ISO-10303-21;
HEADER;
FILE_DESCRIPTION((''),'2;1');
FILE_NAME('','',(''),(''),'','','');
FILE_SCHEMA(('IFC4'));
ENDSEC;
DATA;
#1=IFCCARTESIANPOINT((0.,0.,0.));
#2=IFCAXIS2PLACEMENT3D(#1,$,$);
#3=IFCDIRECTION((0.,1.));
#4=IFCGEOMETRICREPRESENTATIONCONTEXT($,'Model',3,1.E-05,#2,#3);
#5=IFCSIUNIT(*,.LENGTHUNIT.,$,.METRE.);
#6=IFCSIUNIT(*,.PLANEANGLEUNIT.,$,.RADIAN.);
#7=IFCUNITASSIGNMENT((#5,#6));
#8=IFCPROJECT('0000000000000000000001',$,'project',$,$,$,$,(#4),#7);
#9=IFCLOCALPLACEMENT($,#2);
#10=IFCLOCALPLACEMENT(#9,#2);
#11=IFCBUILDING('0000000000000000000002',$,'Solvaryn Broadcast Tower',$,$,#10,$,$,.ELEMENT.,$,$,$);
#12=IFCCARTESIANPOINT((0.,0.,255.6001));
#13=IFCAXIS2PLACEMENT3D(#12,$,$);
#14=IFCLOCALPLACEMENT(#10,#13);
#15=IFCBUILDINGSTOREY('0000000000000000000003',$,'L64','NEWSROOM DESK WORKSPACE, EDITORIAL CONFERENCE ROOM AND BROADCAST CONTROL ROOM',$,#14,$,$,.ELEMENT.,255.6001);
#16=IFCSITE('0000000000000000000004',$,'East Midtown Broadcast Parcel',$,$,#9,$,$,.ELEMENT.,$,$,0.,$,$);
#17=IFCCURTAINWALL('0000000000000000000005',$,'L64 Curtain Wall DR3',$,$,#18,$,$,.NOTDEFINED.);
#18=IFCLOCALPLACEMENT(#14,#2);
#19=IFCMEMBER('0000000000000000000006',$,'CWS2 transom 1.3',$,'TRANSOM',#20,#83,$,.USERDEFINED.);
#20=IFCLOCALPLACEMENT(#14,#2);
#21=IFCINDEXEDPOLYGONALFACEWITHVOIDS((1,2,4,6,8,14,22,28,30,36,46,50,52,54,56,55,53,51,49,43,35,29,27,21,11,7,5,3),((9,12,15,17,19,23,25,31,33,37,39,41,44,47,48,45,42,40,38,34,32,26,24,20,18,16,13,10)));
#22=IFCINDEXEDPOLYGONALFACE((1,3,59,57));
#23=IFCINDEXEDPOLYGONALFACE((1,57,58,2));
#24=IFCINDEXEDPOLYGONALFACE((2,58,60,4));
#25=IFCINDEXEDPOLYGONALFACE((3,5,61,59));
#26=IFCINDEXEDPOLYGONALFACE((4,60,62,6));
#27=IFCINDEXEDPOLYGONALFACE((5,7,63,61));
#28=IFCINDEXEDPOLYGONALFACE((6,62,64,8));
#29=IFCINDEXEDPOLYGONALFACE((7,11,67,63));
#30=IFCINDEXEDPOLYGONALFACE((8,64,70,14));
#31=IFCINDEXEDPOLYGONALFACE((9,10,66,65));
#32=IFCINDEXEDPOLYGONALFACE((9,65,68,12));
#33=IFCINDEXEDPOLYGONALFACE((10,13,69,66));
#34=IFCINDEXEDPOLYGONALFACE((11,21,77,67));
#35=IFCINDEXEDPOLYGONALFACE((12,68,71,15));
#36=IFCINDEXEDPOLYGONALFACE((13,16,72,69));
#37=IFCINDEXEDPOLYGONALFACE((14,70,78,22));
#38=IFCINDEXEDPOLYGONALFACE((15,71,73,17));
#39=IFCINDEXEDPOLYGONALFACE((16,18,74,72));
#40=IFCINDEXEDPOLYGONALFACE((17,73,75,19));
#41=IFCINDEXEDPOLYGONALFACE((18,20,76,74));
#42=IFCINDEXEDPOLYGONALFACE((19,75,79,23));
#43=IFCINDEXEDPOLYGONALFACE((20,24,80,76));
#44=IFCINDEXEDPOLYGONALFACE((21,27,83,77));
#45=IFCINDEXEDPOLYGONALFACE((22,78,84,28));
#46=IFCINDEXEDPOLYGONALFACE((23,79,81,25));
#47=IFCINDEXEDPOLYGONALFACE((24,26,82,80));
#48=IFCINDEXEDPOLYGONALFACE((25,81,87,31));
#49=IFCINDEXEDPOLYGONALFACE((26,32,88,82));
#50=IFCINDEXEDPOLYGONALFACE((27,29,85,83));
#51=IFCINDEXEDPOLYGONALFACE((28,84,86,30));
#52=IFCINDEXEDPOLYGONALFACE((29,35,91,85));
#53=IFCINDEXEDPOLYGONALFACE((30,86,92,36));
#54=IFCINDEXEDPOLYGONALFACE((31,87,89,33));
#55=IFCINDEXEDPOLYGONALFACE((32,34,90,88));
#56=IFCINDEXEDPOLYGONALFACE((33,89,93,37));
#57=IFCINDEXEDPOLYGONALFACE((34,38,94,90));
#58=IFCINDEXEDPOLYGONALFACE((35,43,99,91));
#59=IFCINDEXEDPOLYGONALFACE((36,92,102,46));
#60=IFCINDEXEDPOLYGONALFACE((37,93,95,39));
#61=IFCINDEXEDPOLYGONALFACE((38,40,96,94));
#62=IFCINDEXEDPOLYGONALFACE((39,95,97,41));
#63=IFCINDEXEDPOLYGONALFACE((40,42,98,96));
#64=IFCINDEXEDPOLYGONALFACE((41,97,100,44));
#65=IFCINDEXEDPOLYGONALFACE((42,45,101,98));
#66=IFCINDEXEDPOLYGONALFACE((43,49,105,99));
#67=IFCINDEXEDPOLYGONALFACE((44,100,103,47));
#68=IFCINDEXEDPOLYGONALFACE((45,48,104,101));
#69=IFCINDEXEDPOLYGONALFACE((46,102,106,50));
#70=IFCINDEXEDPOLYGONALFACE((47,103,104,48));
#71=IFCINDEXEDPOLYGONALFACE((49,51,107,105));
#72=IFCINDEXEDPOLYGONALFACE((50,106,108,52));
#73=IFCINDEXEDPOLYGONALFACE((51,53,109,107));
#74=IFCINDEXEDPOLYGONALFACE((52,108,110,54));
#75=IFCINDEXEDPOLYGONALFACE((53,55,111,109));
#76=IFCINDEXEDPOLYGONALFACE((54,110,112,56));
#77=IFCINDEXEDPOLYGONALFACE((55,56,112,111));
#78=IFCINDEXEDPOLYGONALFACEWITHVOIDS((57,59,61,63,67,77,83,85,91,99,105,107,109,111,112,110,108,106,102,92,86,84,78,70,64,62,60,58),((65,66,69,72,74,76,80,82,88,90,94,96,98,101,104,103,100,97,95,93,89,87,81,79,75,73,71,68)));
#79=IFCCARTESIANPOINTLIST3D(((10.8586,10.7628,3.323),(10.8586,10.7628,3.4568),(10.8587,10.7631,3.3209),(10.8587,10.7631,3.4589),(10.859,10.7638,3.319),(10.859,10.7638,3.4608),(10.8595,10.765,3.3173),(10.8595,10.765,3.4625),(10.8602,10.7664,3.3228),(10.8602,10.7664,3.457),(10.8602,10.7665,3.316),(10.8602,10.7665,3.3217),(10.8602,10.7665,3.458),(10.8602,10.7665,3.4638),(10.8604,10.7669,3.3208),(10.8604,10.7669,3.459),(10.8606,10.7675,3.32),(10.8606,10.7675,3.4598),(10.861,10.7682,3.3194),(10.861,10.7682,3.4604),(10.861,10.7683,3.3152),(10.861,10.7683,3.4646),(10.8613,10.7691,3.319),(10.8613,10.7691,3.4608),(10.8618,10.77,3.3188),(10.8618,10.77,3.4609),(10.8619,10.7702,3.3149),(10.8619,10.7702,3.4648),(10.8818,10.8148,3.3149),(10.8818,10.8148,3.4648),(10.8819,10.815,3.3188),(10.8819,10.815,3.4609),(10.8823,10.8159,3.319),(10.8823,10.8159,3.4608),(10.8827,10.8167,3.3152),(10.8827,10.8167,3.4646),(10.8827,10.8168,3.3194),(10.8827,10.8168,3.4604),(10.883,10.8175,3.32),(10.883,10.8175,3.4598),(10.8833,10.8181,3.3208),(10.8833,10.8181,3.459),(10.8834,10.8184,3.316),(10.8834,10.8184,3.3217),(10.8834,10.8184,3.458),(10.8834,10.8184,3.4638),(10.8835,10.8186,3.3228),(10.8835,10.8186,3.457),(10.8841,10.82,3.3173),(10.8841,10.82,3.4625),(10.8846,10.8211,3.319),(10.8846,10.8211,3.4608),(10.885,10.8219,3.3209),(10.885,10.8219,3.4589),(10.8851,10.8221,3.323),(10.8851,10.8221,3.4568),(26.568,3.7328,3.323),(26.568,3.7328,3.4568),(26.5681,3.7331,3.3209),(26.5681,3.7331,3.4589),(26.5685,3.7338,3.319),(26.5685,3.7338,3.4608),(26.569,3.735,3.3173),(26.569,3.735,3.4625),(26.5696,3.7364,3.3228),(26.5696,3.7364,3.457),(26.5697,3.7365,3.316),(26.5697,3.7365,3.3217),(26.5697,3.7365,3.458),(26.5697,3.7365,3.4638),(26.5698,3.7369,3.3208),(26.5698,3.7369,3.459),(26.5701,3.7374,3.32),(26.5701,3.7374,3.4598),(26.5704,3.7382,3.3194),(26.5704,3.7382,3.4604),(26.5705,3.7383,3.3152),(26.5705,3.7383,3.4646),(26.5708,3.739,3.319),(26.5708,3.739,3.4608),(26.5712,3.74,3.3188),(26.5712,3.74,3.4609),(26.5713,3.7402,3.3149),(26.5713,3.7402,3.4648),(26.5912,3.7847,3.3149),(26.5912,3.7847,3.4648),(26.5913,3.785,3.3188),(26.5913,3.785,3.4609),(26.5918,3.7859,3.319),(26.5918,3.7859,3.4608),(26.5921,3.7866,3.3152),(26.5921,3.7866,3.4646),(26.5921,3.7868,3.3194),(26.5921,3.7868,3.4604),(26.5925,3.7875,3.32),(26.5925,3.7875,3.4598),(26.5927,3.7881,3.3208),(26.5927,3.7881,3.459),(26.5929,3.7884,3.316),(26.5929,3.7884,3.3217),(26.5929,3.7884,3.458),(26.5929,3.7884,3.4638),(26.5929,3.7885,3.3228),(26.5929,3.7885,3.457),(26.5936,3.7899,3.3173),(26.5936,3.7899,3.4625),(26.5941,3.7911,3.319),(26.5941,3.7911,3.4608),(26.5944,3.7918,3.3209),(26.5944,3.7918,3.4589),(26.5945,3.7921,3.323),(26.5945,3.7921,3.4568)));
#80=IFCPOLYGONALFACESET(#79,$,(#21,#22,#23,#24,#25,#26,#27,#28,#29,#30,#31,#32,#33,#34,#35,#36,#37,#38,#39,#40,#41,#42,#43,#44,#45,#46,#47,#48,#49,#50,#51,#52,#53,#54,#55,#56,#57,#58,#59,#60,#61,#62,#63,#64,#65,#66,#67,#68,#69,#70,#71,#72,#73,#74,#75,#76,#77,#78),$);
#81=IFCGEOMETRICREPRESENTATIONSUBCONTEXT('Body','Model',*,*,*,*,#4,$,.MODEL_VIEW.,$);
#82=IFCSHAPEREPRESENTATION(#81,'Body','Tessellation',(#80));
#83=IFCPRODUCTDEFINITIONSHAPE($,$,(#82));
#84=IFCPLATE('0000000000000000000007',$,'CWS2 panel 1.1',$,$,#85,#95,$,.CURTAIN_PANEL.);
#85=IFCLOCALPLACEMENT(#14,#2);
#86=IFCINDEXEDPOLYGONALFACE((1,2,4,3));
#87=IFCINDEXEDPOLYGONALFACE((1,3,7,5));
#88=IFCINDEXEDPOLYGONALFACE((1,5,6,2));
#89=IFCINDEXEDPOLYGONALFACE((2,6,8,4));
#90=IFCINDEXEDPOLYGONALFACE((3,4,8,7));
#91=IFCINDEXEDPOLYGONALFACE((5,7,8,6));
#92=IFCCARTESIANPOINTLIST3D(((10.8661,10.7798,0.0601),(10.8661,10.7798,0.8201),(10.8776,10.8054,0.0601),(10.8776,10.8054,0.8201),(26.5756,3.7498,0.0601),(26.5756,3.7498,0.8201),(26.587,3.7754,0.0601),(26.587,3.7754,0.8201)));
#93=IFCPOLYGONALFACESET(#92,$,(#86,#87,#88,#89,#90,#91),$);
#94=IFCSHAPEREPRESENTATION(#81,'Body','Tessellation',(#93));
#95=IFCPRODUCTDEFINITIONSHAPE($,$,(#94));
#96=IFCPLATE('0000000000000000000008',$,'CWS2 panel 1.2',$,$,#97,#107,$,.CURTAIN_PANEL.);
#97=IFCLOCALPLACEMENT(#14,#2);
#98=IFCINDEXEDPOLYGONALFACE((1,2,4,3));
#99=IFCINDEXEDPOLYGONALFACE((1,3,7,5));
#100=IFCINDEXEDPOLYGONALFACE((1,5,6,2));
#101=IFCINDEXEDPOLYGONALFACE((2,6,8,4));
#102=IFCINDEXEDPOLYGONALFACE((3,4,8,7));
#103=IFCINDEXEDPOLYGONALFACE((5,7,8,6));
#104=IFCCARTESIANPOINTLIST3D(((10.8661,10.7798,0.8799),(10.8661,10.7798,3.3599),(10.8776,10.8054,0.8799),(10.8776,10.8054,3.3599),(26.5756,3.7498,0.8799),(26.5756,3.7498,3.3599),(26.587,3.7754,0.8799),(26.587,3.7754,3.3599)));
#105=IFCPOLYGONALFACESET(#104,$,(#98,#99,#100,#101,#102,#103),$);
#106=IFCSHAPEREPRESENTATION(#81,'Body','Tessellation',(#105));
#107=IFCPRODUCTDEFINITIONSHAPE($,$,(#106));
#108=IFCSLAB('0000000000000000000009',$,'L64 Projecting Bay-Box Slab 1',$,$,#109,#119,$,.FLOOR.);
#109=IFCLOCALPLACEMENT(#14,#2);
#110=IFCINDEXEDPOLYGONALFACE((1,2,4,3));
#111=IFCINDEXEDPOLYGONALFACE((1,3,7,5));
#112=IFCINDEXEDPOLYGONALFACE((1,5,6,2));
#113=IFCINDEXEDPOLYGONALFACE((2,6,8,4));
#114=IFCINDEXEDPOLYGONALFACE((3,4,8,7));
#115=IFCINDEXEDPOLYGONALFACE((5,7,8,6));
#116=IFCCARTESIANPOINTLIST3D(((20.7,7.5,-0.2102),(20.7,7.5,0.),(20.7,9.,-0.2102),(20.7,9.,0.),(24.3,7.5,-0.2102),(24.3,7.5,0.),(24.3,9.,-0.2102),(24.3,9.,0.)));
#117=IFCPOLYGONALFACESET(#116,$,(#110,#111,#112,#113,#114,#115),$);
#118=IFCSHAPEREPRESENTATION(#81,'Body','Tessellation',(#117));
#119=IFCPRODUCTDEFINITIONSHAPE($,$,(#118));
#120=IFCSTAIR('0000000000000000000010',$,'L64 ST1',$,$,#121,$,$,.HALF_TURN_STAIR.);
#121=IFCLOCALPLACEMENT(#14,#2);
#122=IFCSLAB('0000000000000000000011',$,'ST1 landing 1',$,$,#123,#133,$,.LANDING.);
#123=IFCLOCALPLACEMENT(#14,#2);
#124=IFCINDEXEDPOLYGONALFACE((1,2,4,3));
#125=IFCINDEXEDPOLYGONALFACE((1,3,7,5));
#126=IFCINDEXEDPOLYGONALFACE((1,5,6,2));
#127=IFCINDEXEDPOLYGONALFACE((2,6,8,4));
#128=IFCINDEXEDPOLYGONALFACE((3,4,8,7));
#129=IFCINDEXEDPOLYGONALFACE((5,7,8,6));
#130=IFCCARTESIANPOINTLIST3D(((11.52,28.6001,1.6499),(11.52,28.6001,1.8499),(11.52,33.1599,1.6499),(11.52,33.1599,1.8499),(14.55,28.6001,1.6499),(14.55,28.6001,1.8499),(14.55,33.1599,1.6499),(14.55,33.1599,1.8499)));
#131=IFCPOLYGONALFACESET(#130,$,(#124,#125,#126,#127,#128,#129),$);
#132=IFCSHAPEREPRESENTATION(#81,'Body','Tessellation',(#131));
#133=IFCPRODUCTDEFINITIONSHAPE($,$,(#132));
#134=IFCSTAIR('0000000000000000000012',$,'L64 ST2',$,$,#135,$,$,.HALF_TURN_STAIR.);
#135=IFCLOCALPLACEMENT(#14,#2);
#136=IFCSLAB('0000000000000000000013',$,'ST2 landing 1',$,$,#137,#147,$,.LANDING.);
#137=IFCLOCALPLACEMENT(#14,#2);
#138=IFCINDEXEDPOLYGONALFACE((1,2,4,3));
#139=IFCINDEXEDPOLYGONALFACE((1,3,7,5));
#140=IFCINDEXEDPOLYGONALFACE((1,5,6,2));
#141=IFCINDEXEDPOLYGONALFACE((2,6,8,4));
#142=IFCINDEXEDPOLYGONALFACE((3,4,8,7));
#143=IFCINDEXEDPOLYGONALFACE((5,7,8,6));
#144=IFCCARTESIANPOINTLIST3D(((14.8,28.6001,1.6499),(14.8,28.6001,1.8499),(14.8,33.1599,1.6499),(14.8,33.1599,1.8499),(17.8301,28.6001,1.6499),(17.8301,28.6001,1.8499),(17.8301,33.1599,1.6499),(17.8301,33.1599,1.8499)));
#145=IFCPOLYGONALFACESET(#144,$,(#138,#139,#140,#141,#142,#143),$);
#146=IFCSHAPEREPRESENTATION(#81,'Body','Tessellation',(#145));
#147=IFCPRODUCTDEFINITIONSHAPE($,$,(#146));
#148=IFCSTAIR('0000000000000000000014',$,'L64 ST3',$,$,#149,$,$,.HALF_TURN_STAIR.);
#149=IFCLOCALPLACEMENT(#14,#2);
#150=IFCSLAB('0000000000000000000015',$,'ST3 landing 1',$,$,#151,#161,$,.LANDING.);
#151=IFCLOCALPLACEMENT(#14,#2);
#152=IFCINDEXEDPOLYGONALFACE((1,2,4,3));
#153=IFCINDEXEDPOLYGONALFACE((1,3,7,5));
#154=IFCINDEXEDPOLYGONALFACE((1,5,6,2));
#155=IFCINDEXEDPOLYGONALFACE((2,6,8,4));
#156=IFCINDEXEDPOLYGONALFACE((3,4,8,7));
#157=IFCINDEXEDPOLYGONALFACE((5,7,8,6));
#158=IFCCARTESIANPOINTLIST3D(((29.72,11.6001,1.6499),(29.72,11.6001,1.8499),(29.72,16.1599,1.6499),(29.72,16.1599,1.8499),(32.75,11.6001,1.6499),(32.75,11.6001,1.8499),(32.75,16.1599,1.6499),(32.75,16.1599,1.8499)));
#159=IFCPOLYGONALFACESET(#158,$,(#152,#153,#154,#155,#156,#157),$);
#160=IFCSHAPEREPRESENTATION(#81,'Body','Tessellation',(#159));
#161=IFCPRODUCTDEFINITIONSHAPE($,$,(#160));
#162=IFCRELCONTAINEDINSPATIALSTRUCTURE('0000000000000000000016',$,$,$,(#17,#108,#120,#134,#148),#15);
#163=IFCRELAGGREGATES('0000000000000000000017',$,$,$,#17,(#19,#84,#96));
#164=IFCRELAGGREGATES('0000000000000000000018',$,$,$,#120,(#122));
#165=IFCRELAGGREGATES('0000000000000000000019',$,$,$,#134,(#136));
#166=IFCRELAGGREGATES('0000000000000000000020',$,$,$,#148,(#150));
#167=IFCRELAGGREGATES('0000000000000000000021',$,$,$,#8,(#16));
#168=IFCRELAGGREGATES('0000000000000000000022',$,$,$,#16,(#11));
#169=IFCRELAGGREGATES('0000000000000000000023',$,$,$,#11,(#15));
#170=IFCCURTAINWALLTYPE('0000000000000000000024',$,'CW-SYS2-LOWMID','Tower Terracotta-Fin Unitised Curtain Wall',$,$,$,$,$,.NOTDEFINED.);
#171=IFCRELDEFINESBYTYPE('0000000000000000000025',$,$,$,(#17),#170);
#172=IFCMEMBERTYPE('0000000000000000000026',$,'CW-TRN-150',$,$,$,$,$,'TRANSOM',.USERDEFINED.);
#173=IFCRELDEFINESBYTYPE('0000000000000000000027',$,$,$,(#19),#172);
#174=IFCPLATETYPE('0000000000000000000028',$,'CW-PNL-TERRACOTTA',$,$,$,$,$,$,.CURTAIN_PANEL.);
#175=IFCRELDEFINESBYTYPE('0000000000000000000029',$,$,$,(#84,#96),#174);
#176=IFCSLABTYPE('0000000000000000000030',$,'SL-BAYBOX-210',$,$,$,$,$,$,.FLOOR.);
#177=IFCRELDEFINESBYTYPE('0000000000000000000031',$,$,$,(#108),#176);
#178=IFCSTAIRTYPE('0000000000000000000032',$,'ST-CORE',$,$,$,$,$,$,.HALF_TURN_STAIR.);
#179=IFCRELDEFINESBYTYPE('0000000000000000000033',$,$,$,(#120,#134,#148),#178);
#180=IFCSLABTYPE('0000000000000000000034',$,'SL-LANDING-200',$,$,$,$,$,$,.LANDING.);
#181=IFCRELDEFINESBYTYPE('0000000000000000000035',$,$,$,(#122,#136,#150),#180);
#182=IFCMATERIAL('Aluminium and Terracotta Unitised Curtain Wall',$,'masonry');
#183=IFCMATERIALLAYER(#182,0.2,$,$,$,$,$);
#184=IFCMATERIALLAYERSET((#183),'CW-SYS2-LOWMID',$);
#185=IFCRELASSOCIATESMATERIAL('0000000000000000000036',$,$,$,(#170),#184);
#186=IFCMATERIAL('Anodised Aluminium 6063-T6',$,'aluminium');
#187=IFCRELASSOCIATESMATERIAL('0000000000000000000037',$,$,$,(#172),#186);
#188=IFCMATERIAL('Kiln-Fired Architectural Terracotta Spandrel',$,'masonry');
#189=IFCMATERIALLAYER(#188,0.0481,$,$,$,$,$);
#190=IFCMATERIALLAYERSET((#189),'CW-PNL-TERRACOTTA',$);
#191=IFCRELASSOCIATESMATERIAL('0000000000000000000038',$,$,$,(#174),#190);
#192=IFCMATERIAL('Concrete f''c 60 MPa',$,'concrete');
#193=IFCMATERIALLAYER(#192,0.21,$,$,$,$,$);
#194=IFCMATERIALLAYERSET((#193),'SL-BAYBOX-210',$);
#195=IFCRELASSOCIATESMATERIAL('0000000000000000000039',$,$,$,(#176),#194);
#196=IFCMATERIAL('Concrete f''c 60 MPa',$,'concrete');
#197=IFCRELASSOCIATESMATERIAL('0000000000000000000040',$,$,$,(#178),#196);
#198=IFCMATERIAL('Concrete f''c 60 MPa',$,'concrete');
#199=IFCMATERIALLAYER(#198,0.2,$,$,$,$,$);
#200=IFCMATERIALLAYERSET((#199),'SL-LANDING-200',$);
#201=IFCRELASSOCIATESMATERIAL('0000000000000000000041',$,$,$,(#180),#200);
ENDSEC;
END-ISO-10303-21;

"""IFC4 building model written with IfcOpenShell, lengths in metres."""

from ifc_helpers import new_model, si_unit, direction, frame, origin, origin_2d, place, context, subcontext, project, spatial, polyline, rectangle, hollow_rectangle, outline, extrude, material, layer, layer_set, material_profile, profile_set, type_object, element, aggregate, save


model = new_model("IFC4")

# Units and contexts
model_context = context("Model", 3, precision=1e-05, world=origin(), true_north=direction((0.0, 1.0)))
body_context = subcontext(model_context, "Body", "Model", "MODEL_VIEW")
ifc_project = project(units=[si_unit("LENGTHUNIT", "METRE"), si_unit("PLANEANGLEUNIT", "RADIAN")], contexts=[model_context])

# Site, building, storey
site_placement = place(None, origin())
site = spatial("IfcSite", under=ifc_project, at=site_placement, Name="East Midtown Broadcast Parcel", CompositionType="ELEMENT", RefElevation=0.0)
building_placement = place(site_placement, origin())
building = spatial("IfcBuilding", under=site, at=building_placement, Name="Solvaryn Broadcast Tower", CompositionType="ELEMENT")
storey_placement = place(building_placement, frame((0.0, 0.0, 255.6001)))
storey = spatial("IfcBuildingStorey", under=building, at=storey_placement, Name="L64", Description="NEWSROOM DESK WORKSPACE, EDITORIAL CONFERENCE ROOM AND BROADCAST CONTROL ROOM", CompositionType="ELEMENT", Elevation=255.6001)

# Curtain wall, member, plates
ifc_material_1 = material(Name="Aluminium and Terracotta Unitised Curtain Wall", Category="masonry")
ifc_layer_1 = layer(ifc_material_1, 0.2)
ifc_layer_set_1 = layer_set([ifc_layer_1], Name="CW-SYS2-LOWMID")
curtain_wall_type_1 = type_object("IfcCurtainWallType", Name="CW-SYS2-LOWMID", Description="Tower Terracotta-Fin Unitised Curtain Wall", PredefinedType="NOTDEFINED", material=ifc_layer_set_1)
curtain_wall_1_placement = place(storey_placement, origin())
curtain_wall_1 = element("IfcCurtainWall", 1, at=curtain_wall_1_placement, inside=storey, type_object=curtain_wall_type_1, Name="L64 Curtain Wall DR3", PredefinedType="NOTDEFINED")
ifc_material_2 = material(Name="Anodised Aluminium 6063-T6", Category="aluminium")
ifc_material_profile_1 = material_profile(ifc_material_2, hollow_rectangle(XDim=0.0649, YDim=0.1499, WallThickness=0.0039, InnerFilletRadius=0.0039, OuterFilletRadius=0.0081, at=origin_2d()))
ifc_profile_set_1 = profile_set([ifc_material_profile_1], Name="Anodised Aluminium 6063-T6")
member_type_1 = type_object("IfcMemberType", Name="CW-TRN-150", ElementType="TRANSOM", PredefinedType="USERDEFINED", material=ifc_profile_set_1)
member_1_placement = place(storey_placement, frame((10.8718, 10.7925, 3.3899), z_axis=(0.912773, -0.408468, 0.0), x_axis=(0.408468, 0.912773, 0.0)))
member_1 = element("IfcMember", 2, at=member_1_placement, type_object=member_type_1, Name="CWS2 transom 1.3", ObjectType="TRANSOM", PredefinedType="USERDEFINED", context=body_context, shape_type="SweptSolid", body=[
    extrude(hollow_rectangle(XDim=0.0649, YDim=0.1499, WallThickness=0.0039, InnerFilletRadius=0.0039, OuterFilletRadius=0.0081, at=origin_2d()), origin(), (0.0, 0.0, 1.0), 17.2107),
])
ifc_material_3 = material(Name="Kiln-Fired Architectural Terracotta Spandrel", Category="masonry")
ifc_layer_2 = layer(ifc_material_3, 0.0481)
ifc_layer_set_2 = layer_set([ifc_layer_2], Name="CW-PNL-TERRACOTTA")
plate_type = type_object("IfcPlateType", Name="CW-PNL-TERRACOTTA", PredefinedType="CURTAIN_PANEL", material=ifc_layer_set_2)
plate_1_placement = place(storey_placement, frame((18.7266, 7.2776, 0.0601), z_axis=(0.0, 0.0, 1.0), x_axis=(0.912774, -0.408466, 0.0)))
plate_1 = element("IfcPlate", 3, at=plate_1_placement, type_object=plate_type, Name="CWS2 panel 1.1", PredefinedType="CURTAIN_PANEL", context=body_context, shape_type="SweptSolid", body=[
    extrude(rectangle(XDim=17.2107, YDim=0.0281, at=origin_2d()), origin(), (0.0, 0.0, 1.0), 0.76),
])
plate_2_placement = place(storey_placement, frame((18.7266, 7.2776, 0.8799), z_axis=(0.0, 0.0, 1.0), x_axis=(0.912774, -0.408466, 0.0)))
plate_2 = element("IfcPlate", 4, at=plate_2_placement, type_object=plate_type, Name="CWS2 panel 1.2", PredefinedType="CURTAIN_PANEL", context=body_context, shape_type="SweptSolid", body=[
    extrude(rectangle(XDim=17.2107, YDim=0.0281, at=origin_2d()), origin(), (0.0, 0.0, 1.0), 2.48),
])
aggregate(curtain_wall_1, [member_1, plate_1, plate_2])

# Slab
ifc_material_4 = material(Name="Concrete f'c 60 MPa", Category="concrete")
ifc_layer_3 = layer(ifc_material_4, 0.21)
ifc_layer_set_3 = layer_set([ifc_layer_3], Name="SL-BAYBOX-210")
slab_type_1 = type_object("IfcSlabType", Name="SL-BAYBOX-210", PredefinedType="FLOOR", material=ifc_layer_set_3)
slab_1_placement = place(storey_placement, frame((0.0, 0.0, -0.2102)))
element("IfcSlab", 5, at=slab_1_placement, inside=storey, type_object=slab_type_1, Name="L64 Projecting Bay-Box Slab 1", PredefinedType="FLOOR", context=body_context, shape_type="SweptSolid", body=[
    extrude(outline(polyline([(20.7, 7.5), (24.3, 7.5), (24.3, 9.0), (20.7, 9.0), (20.7, 7.5)])), origin(), (0.0, 0.0, 1.0), 0.2102),
])

# Stairs, slabs
ifc_material_5 = material(Name="Concrete f'c 60 MPa", Category="concrete")
stair_type = type_object("IfcStairType", Name="ST-CORE", PredefinedType="HALF_TURN_STAIR", material=ifc_material_5)
stair_1_placement = place(storey_placement, origin())
stair_1 = element("IfcStair", 6, at=stair_1_placement, inside=storey, type_object=stair_type, Name="L64 ST1", PredefinedType="HALF_TURN_STAIR")
ifc_material_6 = material(Name="Concrete f'c 60 MPa", Category="concrete")
ifc_layer_4 = layer(ifc_material_6, 0.2)
ifc_layer_set_4 = layer_set([ifc_layer_4], Name="SL-LANDING-200")
slab_type_2 = type_object("IfcSlabType", Name="SL-LANDING-200", PredefinedType="LANDING", material=ifc_layer_set_4)
slab_2_placement = place(storey_placement, frame((0.0, 0.0, 1.6499)))
slab_2 = element("IfcSlab", 7, at=slab_2_placement, type_object=slab_type_2, Name="ST1 landing 1", PredefinedType="LANDING", context=body_context, shape_type="SweptSolid", body=[
    extrude(outline(polyline([(11.52, 33.1599), (11.52, 28.6001), (14.55, 28.6001), (14.55, 33.1599), (11.52, 33.1599)])), origin(), (0.0, 0.0, 1.0), 0.2),
])
aggregate(stair_1, [slab_2])
stair_2_placement = place(storey_placement, origin())
stair_2 = element("IfcStair", 8, at=stair_2_placement, inside=storey, type_object=stair_type, Name="L64 ST2", PredefinedType="HALF_TURN_STAIR")
slab_3_placement = place(storey_placement, frame((0.0, 0.0, 1.6499)))
slab_3 = element("IfcSlab", 9, at=slab_3_placement, type_object=slab_type_2, Name="ST2 landing 1", PredefinedType="LANDING", context=body_context, shape_type="SweptSolid", body=[
    extrude(outline(polyline([(14.8, 33.1599), (14.8, 28.6001), (17.8301, 28.6001), (17.8301, 33.1599), (14.8, 33.1599)])), origin(), (0.0, 0.0, 1.0), 0.2),
])
aggregate(stair_2, [slab_3])
stair_3_placement = place(storey_placement, origin())
stair_3 = element("IfcStair", 10, at=stair_3_placement, inside=storey, type_object=stair_type, Name="L64 ST3", PredefinedType="HALF_TURN_STAIR")
slab_4_placement = place(storey_placement, frame((0.0, 0.0, 1.6499)))
slab_4 = element("IfcSlab", 11, at=slab_4_placement, type_object=slab_type_2, Name="ST3 landing 1", PredefinedType="LANDING", context=body_context, shape_type="SweptSolid", body=[
    extrude(outline(polyline([(29.72, 16.1599), (29.72, 11.6001), (32.75, 11.6001), (32.75, 16.1599), (29.72, 16.1599)])), origin(), (0.0, 0.0, 1.0), 0.2),
])
aggregate(stair_3, [slab_4])

save(model, "model.ifc")
